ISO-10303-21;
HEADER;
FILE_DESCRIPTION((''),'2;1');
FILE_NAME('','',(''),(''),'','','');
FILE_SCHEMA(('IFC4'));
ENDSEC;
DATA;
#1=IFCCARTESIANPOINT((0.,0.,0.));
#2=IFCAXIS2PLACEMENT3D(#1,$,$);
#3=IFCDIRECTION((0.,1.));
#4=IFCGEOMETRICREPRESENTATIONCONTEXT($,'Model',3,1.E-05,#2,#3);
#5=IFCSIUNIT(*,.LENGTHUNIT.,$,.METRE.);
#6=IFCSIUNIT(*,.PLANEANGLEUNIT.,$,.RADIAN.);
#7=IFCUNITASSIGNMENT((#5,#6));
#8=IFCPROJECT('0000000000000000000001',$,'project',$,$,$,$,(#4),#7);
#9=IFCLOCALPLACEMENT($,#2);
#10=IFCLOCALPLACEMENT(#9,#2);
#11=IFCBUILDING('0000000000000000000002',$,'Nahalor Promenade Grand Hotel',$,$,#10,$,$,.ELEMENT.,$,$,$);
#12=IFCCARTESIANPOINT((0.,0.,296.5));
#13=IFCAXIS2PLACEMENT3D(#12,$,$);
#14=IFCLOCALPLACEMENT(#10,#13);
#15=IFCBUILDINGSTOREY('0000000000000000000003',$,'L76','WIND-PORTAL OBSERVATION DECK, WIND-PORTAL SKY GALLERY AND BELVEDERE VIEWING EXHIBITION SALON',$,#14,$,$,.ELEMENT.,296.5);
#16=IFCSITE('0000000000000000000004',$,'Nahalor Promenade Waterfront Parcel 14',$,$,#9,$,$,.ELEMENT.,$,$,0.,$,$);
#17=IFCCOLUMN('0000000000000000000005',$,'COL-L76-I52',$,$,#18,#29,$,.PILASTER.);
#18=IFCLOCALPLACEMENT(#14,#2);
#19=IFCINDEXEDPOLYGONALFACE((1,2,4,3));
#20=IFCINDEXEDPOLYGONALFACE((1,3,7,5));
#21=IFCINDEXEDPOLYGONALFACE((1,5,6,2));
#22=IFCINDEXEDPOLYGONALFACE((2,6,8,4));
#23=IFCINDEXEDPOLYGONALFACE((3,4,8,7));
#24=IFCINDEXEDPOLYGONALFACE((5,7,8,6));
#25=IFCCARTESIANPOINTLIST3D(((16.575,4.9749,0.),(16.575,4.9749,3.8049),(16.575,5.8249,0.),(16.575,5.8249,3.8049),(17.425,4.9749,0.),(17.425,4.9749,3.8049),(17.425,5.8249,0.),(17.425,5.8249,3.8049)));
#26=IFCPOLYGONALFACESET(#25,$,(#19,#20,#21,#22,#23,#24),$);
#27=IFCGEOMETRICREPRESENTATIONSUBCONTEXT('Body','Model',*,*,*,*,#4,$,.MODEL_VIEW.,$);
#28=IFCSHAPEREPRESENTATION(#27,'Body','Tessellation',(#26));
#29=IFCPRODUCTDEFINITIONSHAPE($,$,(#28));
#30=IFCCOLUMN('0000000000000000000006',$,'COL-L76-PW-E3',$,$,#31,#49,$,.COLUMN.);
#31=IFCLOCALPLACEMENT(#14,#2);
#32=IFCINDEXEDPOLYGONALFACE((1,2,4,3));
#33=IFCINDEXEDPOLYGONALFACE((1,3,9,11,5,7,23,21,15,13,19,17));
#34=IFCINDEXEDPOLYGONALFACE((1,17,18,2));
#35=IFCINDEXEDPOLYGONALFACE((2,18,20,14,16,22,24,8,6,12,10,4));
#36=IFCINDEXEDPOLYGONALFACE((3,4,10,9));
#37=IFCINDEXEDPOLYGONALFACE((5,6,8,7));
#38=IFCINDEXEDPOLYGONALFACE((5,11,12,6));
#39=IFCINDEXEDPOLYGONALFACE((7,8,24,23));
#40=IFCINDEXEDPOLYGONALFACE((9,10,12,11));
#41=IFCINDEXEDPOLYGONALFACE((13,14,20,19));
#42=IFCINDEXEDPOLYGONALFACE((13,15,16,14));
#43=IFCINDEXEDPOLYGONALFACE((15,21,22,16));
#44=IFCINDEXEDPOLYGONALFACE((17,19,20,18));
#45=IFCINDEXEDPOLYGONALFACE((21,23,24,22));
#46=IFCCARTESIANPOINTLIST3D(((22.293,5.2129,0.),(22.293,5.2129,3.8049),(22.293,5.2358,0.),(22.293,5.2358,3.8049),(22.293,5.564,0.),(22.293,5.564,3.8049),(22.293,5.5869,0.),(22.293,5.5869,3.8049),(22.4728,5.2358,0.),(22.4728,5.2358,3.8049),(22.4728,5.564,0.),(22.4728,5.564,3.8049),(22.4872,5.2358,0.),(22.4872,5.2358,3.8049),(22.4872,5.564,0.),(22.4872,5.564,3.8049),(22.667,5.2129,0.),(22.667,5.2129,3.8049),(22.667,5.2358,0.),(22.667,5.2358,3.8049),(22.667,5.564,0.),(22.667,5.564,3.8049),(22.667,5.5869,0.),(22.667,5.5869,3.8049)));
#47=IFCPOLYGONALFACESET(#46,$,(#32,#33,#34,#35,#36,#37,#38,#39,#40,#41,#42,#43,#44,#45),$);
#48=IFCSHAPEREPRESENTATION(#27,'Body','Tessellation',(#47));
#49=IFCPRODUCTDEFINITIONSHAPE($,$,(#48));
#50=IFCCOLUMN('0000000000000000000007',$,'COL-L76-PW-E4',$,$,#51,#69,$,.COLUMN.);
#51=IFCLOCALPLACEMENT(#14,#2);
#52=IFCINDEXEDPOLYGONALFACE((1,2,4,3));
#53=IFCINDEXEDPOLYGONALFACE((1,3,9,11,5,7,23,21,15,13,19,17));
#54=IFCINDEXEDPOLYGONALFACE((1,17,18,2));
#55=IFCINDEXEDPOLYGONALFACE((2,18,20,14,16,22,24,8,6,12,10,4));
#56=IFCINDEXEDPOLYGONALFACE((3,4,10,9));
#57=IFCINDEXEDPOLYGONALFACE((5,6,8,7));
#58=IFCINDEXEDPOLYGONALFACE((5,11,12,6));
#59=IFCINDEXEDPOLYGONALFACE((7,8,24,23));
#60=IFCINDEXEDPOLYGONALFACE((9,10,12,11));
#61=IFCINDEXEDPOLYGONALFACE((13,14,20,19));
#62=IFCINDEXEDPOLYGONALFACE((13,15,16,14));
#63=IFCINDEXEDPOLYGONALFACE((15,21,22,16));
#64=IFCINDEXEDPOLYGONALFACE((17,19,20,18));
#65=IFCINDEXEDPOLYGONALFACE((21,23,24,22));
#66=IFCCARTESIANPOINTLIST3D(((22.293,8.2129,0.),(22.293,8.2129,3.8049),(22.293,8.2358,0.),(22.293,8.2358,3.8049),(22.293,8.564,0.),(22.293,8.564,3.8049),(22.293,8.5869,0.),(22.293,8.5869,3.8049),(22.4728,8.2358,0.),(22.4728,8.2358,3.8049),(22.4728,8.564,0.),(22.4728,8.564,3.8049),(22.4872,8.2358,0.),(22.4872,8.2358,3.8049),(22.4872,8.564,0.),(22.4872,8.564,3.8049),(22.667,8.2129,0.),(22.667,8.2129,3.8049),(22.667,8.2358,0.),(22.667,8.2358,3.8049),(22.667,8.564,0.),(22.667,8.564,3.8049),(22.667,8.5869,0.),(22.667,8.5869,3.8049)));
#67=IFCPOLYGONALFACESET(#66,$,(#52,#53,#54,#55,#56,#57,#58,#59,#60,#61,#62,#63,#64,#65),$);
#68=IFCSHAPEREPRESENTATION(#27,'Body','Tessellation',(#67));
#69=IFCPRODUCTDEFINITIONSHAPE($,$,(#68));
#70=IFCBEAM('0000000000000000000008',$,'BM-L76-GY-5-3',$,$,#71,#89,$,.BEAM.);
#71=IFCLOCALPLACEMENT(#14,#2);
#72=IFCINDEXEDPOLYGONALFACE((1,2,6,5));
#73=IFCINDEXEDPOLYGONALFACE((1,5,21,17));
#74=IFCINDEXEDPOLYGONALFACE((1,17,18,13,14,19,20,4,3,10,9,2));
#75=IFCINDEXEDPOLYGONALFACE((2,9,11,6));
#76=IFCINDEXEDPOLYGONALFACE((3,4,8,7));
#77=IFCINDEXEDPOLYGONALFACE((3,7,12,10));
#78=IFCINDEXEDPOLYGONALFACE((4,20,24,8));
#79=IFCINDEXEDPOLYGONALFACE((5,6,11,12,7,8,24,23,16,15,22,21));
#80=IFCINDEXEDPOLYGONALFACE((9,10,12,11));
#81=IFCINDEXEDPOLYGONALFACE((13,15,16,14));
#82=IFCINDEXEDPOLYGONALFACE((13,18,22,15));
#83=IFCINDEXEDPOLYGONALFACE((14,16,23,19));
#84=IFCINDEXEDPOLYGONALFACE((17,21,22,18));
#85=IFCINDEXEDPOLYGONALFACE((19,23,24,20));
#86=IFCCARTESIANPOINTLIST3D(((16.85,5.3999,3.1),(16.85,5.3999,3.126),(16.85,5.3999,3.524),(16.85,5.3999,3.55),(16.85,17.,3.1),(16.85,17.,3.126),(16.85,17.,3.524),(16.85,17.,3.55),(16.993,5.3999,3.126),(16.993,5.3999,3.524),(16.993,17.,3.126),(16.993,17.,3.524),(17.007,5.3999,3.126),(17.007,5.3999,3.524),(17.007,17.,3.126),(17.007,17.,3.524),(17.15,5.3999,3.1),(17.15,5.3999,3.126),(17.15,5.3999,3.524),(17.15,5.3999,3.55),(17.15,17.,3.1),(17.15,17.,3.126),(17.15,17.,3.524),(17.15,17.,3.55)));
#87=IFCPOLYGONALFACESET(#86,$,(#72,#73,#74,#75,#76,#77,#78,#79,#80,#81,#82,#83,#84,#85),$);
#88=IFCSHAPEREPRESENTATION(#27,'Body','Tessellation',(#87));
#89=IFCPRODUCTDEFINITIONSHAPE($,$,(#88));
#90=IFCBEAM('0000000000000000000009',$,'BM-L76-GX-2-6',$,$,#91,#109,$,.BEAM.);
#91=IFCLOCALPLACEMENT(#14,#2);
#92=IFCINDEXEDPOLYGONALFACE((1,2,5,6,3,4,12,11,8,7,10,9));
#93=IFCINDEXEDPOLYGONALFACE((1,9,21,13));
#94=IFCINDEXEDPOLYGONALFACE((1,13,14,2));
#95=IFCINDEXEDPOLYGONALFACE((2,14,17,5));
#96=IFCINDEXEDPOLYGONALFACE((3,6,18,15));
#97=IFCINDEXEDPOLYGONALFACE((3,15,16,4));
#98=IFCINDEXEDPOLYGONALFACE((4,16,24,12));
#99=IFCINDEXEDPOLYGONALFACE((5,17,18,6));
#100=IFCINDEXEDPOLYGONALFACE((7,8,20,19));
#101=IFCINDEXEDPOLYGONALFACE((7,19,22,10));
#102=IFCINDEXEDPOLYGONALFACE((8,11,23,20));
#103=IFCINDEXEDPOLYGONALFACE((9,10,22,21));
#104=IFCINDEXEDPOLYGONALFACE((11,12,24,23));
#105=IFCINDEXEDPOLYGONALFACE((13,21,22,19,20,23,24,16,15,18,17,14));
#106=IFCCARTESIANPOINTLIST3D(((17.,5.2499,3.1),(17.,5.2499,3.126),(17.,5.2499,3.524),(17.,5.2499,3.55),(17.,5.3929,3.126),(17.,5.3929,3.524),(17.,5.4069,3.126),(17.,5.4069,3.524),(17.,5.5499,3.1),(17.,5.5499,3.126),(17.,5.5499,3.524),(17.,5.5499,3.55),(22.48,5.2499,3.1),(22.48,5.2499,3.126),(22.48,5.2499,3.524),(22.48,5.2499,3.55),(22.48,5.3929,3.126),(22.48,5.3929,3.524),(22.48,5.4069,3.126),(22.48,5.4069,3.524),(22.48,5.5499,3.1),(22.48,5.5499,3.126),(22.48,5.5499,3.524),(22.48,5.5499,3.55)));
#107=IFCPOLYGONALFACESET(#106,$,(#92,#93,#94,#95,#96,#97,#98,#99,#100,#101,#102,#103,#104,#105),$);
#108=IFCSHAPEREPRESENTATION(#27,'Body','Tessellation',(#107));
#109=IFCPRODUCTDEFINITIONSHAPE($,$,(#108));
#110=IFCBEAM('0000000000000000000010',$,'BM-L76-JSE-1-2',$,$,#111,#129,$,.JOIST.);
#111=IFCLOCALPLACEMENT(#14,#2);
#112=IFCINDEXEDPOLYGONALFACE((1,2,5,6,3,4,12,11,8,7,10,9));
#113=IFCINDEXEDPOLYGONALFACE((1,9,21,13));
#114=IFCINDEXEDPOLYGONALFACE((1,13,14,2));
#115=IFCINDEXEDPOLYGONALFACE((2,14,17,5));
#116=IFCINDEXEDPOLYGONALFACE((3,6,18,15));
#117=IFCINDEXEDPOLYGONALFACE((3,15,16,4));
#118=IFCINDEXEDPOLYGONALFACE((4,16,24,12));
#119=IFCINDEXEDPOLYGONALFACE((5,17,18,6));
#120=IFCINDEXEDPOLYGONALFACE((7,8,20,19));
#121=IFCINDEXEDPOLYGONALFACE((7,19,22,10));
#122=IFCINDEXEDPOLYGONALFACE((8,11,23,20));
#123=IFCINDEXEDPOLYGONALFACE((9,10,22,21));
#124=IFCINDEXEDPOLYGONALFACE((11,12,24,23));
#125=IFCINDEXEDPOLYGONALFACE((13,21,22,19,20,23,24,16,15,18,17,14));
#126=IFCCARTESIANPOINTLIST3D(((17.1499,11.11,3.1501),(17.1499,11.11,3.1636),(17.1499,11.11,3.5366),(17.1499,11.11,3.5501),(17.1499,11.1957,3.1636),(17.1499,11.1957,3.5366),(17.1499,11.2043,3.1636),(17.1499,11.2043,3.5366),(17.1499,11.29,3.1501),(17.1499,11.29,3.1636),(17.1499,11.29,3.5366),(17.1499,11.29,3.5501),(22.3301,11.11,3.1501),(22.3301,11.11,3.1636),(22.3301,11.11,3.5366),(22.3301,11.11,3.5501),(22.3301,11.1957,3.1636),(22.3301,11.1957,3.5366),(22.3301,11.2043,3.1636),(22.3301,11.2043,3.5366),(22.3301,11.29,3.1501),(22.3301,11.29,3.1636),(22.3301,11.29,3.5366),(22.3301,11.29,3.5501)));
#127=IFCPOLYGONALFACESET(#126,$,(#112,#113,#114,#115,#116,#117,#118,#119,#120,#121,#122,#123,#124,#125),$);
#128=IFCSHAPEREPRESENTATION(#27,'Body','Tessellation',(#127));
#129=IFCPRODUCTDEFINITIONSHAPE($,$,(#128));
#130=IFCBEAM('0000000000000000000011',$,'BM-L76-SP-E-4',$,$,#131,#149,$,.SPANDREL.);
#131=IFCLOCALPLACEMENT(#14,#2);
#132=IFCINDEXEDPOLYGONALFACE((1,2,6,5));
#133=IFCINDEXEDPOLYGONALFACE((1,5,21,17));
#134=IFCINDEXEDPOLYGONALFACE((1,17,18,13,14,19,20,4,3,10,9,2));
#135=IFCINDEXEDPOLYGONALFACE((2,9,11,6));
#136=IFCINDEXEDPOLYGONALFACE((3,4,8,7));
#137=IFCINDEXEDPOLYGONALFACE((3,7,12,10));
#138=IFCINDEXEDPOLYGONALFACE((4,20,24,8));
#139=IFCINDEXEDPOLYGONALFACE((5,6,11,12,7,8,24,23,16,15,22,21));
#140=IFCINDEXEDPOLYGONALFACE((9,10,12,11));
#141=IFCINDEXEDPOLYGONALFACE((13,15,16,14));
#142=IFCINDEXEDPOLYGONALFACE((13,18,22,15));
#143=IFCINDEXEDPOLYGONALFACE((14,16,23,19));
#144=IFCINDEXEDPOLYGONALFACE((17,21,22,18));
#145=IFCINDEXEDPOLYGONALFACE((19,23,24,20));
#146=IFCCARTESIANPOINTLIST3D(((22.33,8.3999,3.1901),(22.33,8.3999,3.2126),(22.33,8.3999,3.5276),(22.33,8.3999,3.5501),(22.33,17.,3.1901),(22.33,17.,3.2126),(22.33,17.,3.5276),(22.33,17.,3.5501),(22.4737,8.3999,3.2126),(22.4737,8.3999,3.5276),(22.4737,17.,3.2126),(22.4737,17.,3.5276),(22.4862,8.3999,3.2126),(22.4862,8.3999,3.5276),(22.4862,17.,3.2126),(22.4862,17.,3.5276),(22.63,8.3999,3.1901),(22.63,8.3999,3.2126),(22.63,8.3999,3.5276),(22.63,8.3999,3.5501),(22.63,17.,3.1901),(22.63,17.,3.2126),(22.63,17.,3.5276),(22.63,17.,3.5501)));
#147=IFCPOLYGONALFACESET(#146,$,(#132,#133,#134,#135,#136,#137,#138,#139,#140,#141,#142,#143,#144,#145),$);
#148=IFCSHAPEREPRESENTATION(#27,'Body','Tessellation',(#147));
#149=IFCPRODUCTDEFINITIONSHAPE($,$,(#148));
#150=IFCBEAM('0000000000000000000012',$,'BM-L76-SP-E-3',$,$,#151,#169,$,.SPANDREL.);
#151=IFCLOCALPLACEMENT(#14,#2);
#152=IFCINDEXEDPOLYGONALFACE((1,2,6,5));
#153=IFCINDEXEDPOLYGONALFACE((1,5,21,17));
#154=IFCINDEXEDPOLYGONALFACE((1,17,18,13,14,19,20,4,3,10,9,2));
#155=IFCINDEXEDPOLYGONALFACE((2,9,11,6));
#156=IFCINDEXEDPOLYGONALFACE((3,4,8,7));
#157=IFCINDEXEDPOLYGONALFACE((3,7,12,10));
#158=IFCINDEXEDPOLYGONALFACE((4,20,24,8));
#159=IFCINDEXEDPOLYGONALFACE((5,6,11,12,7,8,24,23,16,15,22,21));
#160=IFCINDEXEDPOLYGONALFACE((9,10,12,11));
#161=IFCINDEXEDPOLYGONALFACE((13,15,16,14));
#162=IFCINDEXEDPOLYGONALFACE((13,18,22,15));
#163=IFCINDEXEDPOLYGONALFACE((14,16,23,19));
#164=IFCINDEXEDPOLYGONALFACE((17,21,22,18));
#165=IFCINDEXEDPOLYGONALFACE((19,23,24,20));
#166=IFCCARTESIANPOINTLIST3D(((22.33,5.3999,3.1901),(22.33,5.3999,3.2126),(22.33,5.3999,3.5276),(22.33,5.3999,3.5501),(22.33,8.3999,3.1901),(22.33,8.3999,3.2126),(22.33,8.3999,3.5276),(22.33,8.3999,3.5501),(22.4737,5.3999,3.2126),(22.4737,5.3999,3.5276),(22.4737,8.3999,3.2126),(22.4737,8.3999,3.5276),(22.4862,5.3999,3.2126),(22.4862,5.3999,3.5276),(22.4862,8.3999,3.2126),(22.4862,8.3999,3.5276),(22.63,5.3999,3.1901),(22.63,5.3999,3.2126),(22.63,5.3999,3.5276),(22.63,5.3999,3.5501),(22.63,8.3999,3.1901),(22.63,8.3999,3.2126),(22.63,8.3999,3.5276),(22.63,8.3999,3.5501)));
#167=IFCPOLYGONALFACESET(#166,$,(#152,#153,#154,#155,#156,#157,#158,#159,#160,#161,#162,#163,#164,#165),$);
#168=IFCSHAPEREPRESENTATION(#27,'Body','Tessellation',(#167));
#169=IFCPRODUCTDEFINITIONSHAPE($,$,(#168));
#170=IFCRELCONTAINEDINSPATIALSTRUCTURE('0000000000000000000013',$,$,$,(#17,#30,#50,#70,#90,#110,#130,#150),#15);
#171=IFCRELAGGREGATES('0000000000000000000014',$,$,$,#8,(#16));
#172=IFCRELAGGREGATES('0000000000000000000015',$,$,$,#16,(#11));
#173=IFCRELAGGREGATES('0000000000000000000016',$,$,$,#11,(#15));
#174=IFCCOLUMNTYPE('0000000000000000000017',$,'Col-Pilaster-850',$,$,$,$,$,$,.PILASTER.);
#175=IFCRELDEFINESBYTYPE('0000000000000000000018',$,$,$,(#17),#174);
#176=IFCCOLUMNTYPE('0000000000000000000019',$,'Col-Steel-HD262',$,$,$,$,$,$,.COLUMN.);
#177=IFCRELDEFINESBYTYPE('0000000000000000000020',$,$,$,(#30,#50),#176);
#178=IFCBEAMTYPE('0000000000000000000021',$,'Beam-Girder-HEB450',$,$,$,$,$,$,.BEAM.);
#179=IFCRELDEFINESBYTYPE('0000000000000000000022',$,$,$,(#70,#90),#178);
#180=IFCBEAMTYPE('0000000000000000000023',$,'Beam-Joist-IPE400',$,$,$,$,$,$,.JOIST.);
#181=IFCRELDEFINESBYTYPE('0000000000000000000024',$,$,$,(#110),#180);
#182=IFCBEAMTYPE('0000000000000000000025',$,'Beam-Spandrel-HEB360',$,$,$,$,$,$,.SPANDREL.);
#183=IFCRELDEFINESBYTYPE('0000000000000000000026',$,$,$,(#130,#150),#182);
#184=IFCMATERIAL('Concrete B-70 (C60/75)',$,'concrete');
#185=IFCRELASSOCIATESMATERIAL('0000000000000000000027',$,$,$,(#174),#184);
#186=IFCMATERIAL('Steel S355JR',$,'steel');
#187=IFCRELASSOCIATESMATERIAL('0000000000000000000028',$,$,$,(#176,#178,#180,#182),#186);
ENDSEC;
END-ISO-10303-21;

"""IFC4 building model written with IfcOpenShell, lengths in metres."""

from ifc_helpers import new_model, si_unit, direction, frame, origin, origin_2d, place, context, subcontext, project, spatial, rectangle, i_section, extrude, source, transform, mapped, material, material_profile, profile_set, type_object, element, save


model = new_model("IFC4")

# Units and contexts
model_context = context("Model", 3, precision=1e-05, world=origin(), true_north=direction((0.0, 1.0)))
body_context = subcontext(model_context, "Body", "Model", "MODEL_VIEW")
ifc_project = project(units=[si_unit("LENGTHUNIT", "METRE"), si_unit("PLANEANGLEUNIT", "RADIAN")], contexts=[model_context])

# Site, building, storey
site_placement = place(None, origin())
site = spatial("IfcSite", under=ifc_project, at=site_placement, Name="Nahalor Promenade Waterfront Parcel 14", CompositionType="ELEMENT", RefElevation=0.0)
building_placement = place(site_placement, origin())
building = spatial("IfcBuilding", under=site, at=building_placement, Name="Nahalor Promenade Grand Hotel", CompositionType="ELEMENT")
storey_placement = place(building_placement, frame((0.0, 0.0, 296.5)))
storey = spatial("IfcBuildingStorey", under=building, at=storey_placement, Name="L76", Description="WIND-PORTAL OBSERVATION DECK, WIND-PORTAL SKY GALLERY AND BELVEDERE VIEWING EXHIBITION SALON", CompositionType="ELEMENT", Elevation=296.5)

# Columns
ifc_material_1 = material(Name="Concrete B-70 (C60/75)", Category="concrete")
ifc_material_profile_1 = material_profile(ifc_material_1, rectangle(XDim=0.85, YDim=0.85, at=origin_2d()), Name="RC 850x850")
ifc_profile_set_1 = profile_set([ifc_material_profile_1], Name="Concrete B-70 (C60/75)")
column_type_1 = type_object("IfcColumnType", Name="Col-Pilaster-850", PredefinedType="PILASTER", material=ifc_profile_set_1)
shared_shape_1 = source(origin(), body_context, "Body", "SweptSolid", [
    extrude(rectangle(XDim=0.85, YDim=0.85, at=origin_2d()), origin(), (0.0, 0.0, 1.0), 3.8049),
])
column_placement = place(storey_placement, frame((17.0, 5.3999, 0.0), z_axis=(0.0, 0.0, 1.0), x_axis=(1.0, 0.0, 0.0)))
element("IfcColumn", 1, at=column_placement, inside=storey, type_object=column_type_1, Name="COL-L76-I52", PredefinedType="PILASTER", context=body_context, shape_type="MappedRepresentation", body=[
    mapped(shared_shape_1, transform((0.0, 0.0, 0.0), scale=1.0)),
])
ifc_material_2 = material(Name="Steel S355JR", Category="steel")
ifc_material_profile_2 = material_profile(ifc_material_2, i_section(OverallWidth=0.374, OverallDepth=0.374, WebThickness=0.0144, FlangeThickness=0.0229, at=origin_2d()), Name="HD 360x262")
ifc_profile_set_2 = profile_set([ifc_material_profile_2], Name="Steel S355JR")
column_type_2 = type_object("IfcColumnType", Name="Col-Steel-HD262", PredefinedType="COLUMN", material=ifc_profile_set_2)
shared_shape_2 = source(origin(), body_context, "Body", "SweptSolid", [
    extrude(i_section(OverallWidth=0.374, OverallDepth=0.374, WebThickness=0.0144, FlangeThickness=0.0229, at=origin_2d()), origin(), (0.0, 0.0, 1.0), 3.8049),
])
for number, where, z_axis, x_axis, name in (
    (2, (22.48, 5.3999, 0.0), (0.0, 0.0, 1.0), (1.0, 0.0, 0.0), "COL-L76-PW-E3"),
    (3, (22.48, 8.3999, 0.0), (0.0, 0.0, 1.0), (1.0, 0.0, 0.0), "COL-L76-PW-E4"),
):
    element("IfcColumn", number, at=place(storey_placement, frame(where, z_axis=z_axis, x_axis=x_axis)), inside=storey, type_object=column_type_2, Name=name, PredefinedType="COLUMN", context=body_context, shape_type="MappedRepresentation", body=[
        mapped(shared_shape_2, transform((0.0, 0.0, 0.0), scale=1.0)),
    ])

# Beams
ifc_material_profile_3 = material_profile(ifc_material_2, i_section(OverallWidth=0.3, OverallDepth=0.45, WebThickness=0.014, FlangeThickness=0.026, at=origin_2d()), Name="HEB 450")
ifc_profile_set_3 = profile_set([ifc_material_profile_3], Name="Steel S355JR")
beam_type_1 = type_object("IfcBeamType", Name="Beam-Girder-HEB450", PredefinedType="BEAM", material=ifc_profile_set_3)
shared_shape_3 = source(origin(), body_context, "Body", "SweptSolid", [
    extrude(i_section(OverallWidth=0.3, OverallDepth=0.45, WebThickness=0.014, FlangeThickness=0.026, at=origin_2d()), origin(), (0.0, 0.0, 1.0), 11.6001),
])
beam_1_placement = place(storey_placement, frame((17.0, 5.3999, 3.325), z_axis=(0.0, 1.0, 0.0), x_axis=(-1.0, 0.0, 0.0)))
element("IfcBeam", 4, at=beam_1_placement, inside=storey, type_object=beam_type_1, Name="BM-L76-GY-5-3", PredefinedType="BEAM", context=body_context, shape_type="MappedRepresentation", body=[
    mapped(shared_shape_3, transform((0.0, 0.0, 0.0), scale=1.0)),
])
shared_shape_4 = source(origin(), body_context, "Body", "SweptSolid", [
    extrude(i_section(OverallWidth=0.3, OverallDepth=0.45, WebThickness=0.014, FlangeThickness=0.026, at=origin_2d()), origin(), (0.0, 0.0, 1.0), 5.48),
])
beam_2_placement = place(storey_placement, frame((17.0, 5.3999, 3.325), z_axis=(1.0, 0.0, 0.0), x_axis=(0.0, 1.0, 0.0)))
element("IfcBeam", 5, at=beam_2_placement, inside=storey, type_object=beam_type_1, Name="BM-L76-GX-2-6", PredefinedType="BEAM", context=body_context, shape_type="MappedRepresentation", body=[
    mapped(shared_shape_4, transform((0.0, 0.0, 0.0), scale=1.0)),
])
ifc_material_profile_4 = material_profile(ifc_material_2, i_section(OverallWidth=0.18, OverallDepth=0.4, WebThickness=0.0086, FlangeThickness=0.0135, at=origin_2d()), Name="IPE 400")
ifc_profile_set_4 = profile_set([ifc_material_profile_4], Name="Steel S355JR")
beam_type_2 = type_object("IfcBeamType", Name="Beam-Joist-IPE400", PredefinedType="JOIST", material=ifc_profile_set_4)
shared_shape_5 = source(origin(), body_context, "Body", "SweptSolid", [
    extrude(i_section(OverallWidth=0.18, OverallDepth=0.4, WebThickness=0.0086, FlangeThickness=0.0135, at=origin_2d()), origin(), (0.0, 0.0, 1.0), 5.1802),
])
beam_3_placement = place(storey_placement, frame((17.1499, 11.2, 3.3501), z_axis=(1.0, 0.0, 0.0), x_axis=(0.0, 1.0, 0.0)))
element("IfcBeam", 6, at=beam_3_placement, inside=storey, type_object=beam_type_2, Name="BM-L76-JSE-1-2", PredefinedType="JOIST", context=body_context, shape_type="MappedRepresentation", body=[
    mapped(shared_shape_5, transform((0.0, 0.0, 0.0), scale=1.0)),
])
ifc_material_profile_5 = material_profile(ifc_material_2, i_section(OverallWidth=0.3, OverallDepth=0.36, WebThickness=0.0125, FlangeThickness=0.0225, at=origin_2d()), Name="HEB 360")
ifc_profile_set_5 = profile_set([ifc_material_profile_5], Name="Steel S355JR")
beam_type_3 = type_object("IfcBeamType", Name="Beam-Spandrel-HEB360", PredefinedType="SPANDREL", material=ifc_profile_set_5)
shared_shape_6 = source(origin(), body_context, "Body", "SweptSolid", [
    extrude(i_section(OverallWidth=0.3, OverallDepth=0.36, WebThickness=0.0125, FlangeThickness=0.0225, at=origin_2d()), origin(), (0.0, 0.0, 1.0), 8.6001),
])
beam_4_placement = place(storey_placement, frame((22.48, 8.3999, 3.3701), z_axis=(0.0, 1.0, 0.0), x_axis=(-1.0, 0.0, 0.0)))
element("IfcBeam", 7, at=beam_4_placement, inside=storey, type_object=beam_type_3, Name="BM-L76-SP-E-4", PredefinedType="SPANDREL", context=body_context, shape_type="MappedRepresentation", body=[
    mapped(shared_shape_6, transform((0.0, 0.0, 0.0), scale=1.0)),
])
shared_shape_7 = source(origin(), body_context, "Body", "SweptSolid", [
    extrude(i_section(OverallWidth=0.3, OverallDepth=0.36, WebThickness=0.0125, FlangeThickness=0.0225, at=origin_2d()), origin(), (0.0, 0.0, 1.0), 3.0),
])
beam_5_placement = place(storey_placement, frame((22.48, 5.3999, 3.3701), z_axis=(0.0, 1.0, 0.0), x_axis=(-1.0, 0.0, 0.0)))
element("IfcBeam", 8, at=beam_5_placement, inside=storey, type_object=beam_type_3, Name="BM-L76-SP-E-3", PredefinedType="SPANDREL", context=body_context, shape_type="MappedRepresentation", body=[
    mapped(shared_shape_7, transform((0.0, 0.0, 0.0), scale=1.0)),
])

save(model, "model.ifc")
